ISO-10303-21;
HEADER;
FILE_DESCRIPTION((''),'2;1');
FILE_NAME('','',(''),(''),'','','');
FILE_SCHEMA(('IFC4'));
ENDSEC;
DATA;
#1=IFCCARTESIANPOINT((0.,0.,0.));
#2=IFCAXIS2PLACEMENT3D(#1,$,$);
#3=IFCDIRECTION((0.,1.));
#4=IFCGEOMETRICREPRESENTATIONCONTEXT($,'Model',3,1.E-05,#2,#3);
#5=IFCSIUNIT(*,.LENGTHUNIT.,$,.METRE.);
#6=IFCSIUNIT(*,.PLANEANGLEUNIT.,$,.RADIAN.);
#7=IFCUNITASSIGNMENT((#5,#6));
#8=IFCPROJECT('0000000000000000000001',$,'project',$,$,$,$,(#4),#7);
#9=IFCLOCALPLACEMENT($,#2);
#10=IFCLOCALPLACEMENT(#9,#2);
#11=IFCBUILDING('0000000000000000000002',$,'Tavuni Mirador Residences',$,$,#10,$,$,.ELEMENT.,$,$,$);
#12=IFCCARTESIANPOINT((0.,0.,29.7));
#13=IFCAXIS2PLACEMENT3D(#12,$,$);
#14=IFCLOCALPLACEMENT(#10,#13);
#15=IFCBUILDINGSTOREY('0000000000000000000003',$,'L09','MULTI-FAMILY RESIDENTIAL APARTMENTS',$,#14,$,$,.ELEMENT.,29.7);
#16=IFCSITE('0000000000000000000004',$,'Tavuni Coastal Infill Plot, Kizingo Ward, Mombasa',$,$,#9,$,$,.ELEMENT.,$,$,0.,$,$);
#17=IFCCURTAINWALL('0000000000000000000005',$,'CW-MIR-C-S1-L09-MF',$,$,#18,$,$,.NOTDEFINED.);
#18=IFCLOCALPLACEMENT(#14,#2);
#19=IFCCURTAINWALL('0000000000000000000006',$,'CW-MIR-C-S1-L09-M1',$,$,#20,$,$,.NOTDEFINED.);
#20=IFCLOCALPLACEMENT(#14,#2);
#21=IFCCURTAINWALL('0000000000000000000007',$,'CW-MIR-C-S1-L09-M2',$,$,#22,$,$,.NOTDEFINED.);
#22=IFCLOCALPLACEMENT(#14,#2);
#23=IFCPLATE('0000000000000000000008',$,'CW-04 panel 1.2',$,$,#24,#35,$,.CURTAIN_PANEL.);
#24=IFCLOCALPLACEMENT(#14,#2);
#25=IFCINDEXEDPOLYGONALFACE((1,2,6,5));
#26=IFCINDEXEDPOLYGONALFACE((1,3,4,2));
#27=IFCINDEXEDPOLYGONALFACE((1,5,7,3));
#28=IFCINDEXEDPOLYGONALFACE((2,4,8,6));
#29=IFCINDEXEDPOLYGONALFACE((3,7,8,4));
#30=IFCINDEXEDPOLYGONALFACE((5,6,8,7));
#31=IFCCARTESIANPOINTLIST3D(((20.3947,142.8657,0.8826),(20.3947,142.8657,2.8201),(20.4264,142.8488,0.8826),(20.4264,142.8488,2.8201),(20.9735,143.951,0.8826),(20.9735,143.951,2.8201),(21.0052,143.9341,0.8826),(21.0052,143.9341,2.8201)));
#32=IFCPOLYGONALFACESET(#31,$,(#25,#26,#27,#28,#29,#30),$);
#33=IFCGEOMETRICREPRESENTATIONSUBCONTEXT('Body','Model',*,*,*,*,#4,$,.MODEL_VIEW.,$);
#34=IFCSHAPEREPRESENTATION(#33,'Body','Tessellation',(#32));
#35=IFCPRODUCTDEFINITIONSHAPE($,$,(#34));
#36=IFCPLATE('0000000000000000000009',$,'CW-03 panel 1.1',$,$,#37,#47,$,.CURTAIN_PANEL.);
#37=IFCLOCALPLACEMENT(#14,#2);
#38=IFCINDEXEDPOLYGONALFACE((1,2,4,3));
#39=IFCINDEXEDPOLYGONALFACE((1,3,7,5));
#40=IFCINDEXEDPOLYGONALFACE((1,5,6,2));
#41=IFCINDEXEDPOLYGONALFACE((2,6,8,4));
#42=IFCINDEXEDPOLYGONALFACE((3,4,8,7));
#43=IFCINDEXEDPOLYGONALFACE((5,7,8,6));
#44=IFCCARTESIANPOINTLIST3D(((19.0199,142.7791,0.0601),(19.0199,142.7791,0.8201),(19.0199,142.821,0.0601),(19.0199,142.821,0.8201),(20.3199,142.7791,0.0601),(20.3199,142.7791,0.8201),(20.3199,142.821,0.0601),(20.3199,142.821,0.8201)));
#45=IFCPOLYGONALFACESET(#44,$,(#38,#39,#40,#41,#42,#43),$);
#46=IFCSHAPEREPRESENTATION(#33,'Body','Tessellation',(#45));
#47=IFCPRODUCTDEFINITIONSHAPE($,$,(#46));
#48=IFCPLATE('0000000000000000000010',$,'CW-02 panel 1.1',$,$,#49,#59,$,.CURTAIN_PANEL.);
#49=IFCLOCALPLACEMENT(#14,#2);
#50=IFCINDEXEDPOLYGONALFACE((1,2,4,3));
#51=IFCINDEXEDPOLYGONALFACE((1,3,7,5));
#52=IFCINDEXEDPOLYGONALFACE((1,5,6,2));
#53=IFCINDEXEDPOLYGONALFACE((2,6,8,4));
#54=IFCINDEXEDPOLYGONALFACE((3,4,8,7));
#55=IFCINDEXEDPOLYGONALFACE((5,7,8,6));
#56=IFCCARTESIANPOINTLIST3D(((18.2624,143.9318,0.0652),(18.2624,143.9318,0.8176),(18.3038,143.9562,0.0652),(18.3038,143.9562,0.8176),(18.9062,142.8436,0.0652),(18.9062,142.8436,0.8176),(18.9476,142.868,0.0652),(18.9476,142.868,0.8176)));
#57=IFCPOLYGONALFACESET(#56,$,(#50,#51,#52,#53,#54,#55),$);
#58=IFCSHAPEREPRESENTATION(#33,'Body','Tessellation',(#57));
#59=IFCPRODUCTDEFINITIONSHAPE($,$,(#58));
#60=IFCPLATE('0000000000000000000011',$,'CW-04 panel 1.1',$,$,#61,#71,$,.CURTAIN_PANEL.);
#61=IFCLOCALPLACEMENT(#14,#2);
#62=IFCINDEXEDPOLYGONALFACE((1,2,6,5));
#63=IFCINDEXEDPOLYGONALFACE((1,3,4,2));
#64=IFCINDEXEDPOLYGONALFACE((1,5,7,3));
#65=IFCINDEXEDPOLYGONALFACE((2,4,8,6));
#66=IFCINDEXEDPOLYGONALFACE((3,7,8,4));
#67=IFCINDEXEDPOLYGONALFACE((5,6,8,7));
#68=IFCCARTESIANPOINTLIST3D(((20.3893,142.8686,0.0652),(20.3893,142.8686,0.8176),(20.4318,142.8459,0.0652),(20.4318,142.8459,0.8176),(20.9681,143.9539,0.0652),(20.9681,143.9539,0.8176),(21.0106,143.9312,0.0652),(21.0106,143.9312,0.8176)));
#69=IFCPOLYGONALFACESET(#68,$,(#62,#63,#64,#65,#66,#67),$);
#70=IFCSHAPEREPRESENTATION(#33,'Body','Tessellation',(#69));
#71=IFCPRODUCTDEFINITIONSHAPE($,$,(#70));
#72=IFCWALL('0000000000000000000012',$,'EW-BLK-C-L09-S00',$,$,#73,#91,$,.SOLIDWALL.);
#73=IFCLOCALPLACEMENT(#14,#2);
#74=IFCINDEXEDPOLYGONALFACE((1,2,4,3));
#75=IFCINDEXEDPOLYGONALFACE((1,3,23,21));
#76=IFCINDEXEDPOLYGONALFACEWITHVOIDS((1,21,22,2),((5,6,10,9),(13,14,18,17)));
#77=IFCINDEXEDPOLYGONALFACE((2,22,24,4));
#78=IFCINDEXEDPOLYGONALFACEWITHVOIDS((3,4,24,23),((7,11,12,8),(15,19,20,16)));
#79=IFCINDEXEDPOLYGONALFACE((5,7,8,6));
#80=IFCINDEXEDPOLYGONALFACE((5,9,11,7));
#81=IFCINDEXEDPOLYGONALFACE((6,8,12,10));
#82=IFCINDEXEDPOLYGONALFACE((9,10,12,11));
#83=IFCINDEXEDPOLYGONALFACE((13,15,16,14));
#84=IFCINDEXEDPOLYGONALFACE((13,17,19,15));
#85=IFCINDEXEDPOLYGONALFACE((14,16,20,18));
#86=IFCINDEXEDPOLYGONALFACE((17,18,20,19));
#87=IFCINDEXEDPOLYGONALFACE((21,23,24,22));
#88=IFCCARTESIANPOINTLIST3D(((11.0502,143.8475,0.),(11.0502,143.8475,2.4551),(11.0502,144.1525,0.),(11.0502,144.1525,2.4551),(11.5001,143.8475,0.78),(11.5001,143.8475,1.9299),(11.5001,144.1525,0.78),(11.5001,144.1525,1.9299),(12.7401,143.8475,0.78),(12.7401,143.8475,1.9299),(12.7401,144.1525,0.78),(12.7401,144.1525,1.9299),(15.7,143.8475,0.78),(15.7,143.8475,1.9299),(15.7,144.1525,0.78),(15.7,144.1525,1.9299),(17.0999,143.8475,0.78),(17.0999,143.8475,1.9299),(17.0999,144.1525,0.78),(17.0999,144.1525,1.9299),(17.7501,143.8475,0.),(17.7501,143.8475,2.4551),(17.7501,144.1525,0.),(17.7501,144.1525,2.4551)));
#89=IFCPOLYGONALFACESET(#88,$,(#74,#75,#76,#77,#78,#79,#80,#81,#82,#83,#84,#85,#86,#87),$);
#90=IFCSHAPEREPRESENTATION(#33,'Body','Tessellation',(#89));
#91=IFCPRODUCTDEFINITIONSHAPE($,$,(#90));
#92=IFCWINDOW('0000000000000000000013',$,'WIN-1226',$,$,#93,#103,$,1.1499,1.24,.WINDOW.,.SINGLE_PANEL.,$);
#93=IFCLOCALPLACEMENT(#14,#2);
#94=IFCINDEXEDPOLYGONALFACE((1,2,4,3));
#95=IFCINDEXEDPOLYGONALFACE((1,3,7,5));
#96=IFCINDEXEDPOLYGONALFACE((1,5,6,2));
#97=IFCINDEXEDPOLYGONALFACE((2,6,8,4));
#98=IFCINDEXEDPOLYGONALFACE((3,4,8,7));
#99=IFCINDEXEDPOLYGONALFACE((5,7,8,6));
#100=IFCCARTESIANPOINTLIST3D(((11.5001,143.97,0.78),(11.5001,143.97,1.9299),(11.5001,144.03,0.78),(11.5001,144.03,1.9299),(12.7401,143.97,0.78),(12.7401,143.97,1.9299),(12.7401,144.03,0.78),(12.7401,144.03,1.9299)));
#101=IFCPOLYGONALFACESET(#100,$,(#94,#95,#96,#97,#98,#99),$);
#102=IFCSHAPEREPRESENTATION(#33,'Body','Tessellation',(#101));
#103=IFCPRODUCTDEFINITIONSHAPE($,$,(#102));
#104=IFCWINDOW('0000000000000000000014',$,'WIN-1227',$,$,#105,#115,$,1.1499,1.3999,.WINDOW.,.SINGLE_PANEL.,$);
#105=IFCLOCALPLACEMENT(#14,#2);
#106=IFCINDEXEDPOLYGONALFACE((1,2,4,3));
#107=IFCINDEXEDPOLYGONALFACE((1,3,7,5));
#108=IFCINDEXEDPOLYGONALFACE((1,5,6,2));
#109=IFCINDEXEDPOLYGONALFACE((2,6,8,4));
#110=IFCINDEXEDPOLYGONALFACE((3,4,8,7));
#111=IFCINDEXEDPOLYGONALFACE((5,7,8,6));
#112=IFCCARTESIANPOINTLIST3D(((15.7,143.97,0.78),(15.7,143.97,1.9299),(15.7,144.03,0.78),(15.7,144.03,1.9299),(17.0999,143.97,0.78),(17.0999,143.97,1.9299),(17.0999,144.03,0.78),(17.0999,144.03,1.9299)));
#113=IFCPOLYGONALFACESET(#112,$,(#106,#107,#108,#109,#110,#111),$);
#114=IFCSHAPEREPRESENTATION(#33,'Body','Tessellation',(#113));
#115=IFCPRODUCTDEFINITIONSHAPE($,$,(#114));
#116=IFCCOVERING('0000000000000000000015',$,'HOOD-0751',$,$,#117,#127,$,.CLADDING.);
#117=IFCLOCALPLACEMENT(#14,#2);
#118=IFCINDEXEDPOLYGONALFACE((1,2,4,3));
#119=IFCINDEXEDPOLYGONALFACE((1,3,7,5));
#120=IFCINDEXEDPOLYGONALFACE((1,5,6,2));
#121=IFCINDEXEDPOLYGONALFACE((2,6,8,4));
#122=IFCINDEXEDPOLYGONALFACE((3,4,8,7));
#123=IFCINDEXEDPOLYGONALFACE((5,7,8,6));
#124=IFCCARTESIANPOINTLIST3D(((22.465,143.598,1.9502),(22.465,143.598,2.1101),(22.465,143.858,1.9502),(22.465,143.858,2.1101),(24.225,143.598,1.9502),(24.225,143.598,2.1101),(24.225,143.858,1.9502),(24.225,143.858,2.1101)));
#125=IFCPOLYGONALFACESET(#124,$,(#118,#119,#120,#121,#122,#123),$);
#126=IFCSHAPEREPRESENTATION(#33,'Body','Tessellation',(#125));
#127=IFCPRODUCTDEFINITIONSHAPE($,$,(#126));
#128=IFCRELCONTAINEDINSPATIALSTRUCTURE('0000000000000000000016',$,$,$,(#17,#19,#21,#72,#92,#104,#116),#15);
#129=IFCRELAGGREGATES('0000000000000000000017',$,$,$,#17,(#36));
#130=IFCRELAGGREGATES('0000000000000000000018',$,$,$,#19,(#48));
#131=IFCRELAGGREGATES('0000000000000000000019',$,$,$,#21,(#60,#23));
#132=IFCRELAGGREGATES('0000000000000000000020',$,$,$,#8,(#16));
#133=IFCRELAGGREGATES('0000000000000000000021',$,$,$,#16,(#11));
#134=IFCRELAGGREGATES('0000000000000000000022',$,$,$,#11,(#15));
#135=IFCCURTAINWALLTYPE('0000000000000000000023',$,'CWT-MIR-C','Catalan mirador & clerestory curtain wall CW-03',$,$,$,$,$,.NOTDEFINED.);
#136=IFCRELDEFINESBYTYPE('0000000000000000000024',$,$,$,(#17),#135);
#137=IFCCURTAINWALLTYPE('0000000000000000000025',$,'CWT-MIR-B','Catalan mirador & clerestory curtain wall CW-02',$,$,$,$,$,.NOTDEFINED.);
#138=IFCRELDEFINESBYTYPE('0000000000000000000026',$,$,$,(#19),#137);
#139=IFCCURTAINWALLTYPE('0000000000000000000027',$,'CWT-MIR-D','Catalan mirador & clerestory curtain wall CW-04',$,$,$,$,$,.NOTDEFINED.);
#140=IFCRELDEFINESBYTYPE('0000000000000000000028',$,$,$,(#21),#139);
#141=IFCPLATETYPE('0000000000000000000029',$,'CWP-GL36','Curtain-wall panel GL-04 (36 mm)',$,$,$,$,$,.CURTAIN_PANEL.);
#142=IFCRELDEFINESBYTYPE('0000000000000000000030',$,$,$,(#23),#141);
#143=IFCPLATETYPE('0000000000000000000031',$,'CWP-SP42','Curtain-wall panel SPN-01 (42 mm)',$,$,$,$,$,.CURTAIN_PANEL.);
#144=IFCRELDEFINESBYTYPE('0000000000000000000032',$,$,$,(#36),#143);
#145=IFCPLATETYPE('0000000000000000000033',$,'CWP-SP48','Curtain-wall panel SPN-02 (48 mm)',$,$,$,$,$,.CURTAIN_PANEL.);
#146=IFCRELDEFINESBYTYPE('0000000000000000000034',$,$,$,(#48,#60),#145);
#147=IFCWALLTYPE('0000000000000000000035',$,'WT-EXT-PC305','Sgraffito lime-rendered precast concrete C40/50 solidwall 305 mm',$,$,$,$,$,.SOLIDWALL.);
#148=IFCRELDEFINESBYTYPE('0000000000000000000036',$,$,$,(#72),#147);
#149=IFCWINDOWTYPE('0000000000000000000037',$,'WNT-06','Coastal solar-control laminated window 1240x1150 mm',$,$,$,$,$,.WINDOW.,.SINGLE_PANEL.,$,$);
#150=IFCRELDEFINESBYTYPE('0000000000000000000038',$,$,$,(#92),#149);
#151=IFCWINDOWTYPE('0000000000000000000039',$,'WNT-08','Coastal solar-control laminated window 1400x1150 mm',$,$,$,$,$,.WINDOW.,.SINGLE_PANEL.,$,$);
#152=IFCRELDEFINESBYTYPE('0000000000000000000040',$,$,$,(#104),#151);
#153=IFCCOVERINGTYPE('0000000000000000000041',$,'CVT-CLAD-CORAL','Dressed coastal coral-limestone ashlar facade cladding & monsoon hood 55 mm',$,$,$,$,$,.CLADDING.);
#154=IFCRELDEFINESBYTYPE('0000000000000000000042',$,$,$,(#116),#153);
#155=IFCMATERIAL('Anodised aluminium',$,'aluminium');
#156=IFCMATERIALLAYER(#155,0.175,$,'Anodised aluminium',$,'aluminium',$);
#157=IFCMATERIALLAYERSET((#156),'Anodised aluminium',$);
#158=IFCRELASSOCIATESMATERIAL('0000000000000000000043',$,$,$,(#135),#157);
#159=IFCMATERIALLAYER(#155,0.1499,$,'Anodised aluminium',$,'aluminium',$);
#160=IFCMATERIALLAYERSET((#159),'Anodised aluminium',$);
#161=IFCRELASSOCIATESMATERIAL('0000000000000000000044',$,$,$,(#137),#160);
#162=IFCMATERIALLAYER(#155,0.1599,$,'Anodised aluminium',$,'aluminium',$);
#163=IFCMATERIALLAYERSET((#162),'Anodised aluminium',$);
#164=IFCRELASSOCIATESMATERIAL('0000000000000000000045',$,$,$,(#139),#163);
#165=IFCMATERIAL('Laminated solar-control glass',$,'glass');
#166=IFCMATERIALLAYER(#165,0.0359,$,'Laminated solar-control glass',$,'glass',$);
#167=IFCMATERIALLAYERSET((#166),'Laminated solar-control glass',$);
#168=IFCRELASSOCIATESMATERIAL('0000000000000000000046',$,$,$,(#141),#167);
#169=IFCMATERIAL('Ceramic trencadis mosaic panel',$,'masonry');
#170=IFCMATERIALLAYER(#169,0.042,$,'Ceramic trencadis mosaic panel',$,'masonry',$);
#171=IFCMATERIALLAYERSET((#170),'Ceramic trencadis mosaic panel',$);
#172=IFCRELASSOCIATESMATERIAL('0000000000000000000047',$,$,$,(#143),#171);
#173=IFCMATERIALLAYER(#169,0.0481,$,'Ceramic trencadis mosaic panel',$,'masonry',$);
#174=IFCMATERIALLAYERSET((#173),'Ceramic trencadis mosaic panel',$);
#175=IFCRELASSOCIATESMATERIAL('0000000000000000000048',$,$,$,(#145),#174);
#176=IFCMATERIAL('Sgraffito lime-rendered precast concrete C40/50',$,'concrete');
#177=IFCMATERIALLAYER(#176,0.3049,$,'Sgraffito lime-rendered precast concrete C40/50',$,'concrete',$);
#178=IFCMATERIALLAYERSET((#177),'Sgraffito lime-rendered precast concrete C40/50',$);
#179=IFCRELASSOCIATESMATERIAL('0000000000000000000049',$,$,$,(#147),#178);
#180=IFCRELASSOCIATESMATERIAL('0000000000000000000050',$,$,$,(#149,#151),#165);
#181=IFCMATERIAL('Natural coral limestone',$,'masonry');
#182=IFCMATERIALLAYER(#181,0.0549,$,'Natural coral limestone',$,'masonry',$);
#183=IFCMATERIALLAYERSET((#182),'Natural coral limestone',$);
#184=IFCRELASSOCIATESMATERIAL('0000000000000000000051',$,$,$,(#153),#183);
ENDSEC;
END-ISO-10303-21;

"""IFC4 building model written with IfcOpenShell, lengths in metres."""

from ifc_helpers import new_model, si_unit, direction, frame, frame_2d, origin, origin_2d, place, context, subcontext, project, spatial, rectangle, extrude, material, layer, layer_set, type_object, element, fill, aggregate, save


model = new_model("IFC4")

# Units and contexts
model_context = context("Model", 3, precision=1e-05, world=origin(), true_north=direction((0.0, 1.0)))
body_context = subcontext(model_context, "Body", "Model", "MODEL_VIEW")
ifc_project = project(units=[si_unit("LENGTHUNIT", "METRE"), si_unit("PLANEANGLEUNIT", "RADIAN")], contexts=[model_context])

# Site, building, storey
site_placement = place(None, origin())
site = spatial("IfcSite", under=ifc_project, at=site_placement, Name="Tavuni Coastal Infill Plot, Kizingo Ward, Mombasa", CompositionType="ELEMENT", RefElevation=0.0)
building_placement = place(site_placement, origin())
building = spatial("IfcBuilding", under=site, at=building_placement, Name="Tavuni Mirador Residences", CompositionType="ELEMENT")
storey_placement = place(building_placement, frame((0.0, 0.0, 29.7)))
storey = spatial("IfcBuildingStorey", under=building, at=storey_placement, Name="L09", Description="MULTI-FAMILY RESIDENTIAL APARTMENTS", CompositionType="ELEMENT", Elevation=29.7)

# Curtain walls
ifc_material_1 = material(Name="Anodised aluminium", Category="aluminium")
ifc_layer_1 = layer(ifc_material_1, 0.175, Name="Anodised aluminium", Category="aluminium")
ifc_layer_set_1 = layer_set([ifc_layer_1], Name="Anodised aluminium")
curtain_wall_type_1 = type_object("IfcCurtainWallType", Name="CWT-MIR-C", Description="Catalan mirador & clerestory curtain wall CW-03", PredefinedType="NOTDEFINED", material=ifc_layer_set_1)
curtain_wall_1_placement = place(storey_placement, origin())
curtain_wall_1 = element("IfcCurtainWall", 1, at=curtain_wall_1_placement, inside=storey, type_object=curtain_wall_type_1, Name="CW-MIR-C-S1-L09-MF", PredefinedType="NOTDEFINED")
ifc_layer_2 = layer(ifc_material_1, 0.1499, Name="Anodised aluminium", Category="aluminium")
ifc_layer_set_2 = layer_set([ifc_layer_2], Name="Anodised aluminium")
curtain_wall_type_2 = type_object("IfcCurtainWallType", Name="CWT-MIR-B", Description="Catalan mirador & clerestory curtain wall CW-02", PredefinedType="NOTDEFINED", material=ifc_layer_set_2)
curtain_wall_2_placement = place(storey_placement, origin())
curtain_wall_2 = element("IfcCurtainWall", 2, at=curtain_wall_2_placement, inside=storey, type_object=curtain_wall_type_2, Name="CW-MIR-C-S1-L09-M1", PredefinedType="NOTDEFINED")
ifc_layer_3 = layer(ifc_material_1, 0.1599, Name="Anodised aluminium", Category="aluminium")
ifc_layer_set_3 = layer_set([ifc_layer_3], Name="Anodised aluminium")
curtain_wall_type_3 = type_object("IfcCurtainWallType", Name="CWT-MIR-D", Description="Catalan mirador & clerestory curtain wall CW-04", PredefinedType="NOTDEFINED", material=ifc_layer_set_3)
curtain_wall_3_placement = place(storey_placement, origin())
curtain_wall_3 = element("IfcCurtainWall", 3, at=curtain_wall_3_placement, inside=storey, type_object=curtain_wall_type_3, Name="CW-MIR-C-S1-L09-M2", PredefinedType="NOTDEFINED")

# Plates
ifc_material_2 = material(Name="Laminated solar-control glass", Category="glass")
ifc_layer_4 = layer(ifc_material_2, 0.0359, Name="Laminated solar-control glass", Category="glass")
ifc_layer_set_4 = layer_set([ifc_layer_4], Name="Laminated solar-control glass")
plate_type_1 = type_object("IfcPlateType", Name="CWP-GL36", Description="Curtain-wall panel GL-04 (36 mm)", PredefinedType="CURTAIN_PANEL", material=ifc_layer_set_4)
plate_1_placement = place(storey_placement, frame((20.7, 143.3999, 0.8826), z_axis=(0.0, 0.0, 1.0), x_axis=(0.470588, 0.882353, 0.0)))
plate_1 = element("IfcPlate", 4, at=plate_1_placement, type_object=plate_type_1, Name="CW-04 panel 1.2", PredefinedType="CURTAIN_PANEL", context=body_context, shape_type="SweptSolid", body=[
    extrude(rectangle(XDim=1.23, YDim=0.0359, at=origin_2d()), origin(), (0.0, 0.0, 1.0), 1.9375),
])
ifc_material_3 = material(Name="Ceramic trencadis mosaic panel", Category="masonry")
ifc_layer_5 = layer(ifc_material_3, 0.042, Name="Ceramic trencadis mosaic panel", Category="masonry")
ifc_layer_set_5 = layer_set([ifc_layer_5], Name="Ceramic trencadis mosaic panel")
plate_type_2 = type_object("IfcPlateType", Name="CWP-SP42", Description="Curtain-wall panel SPN-01 (42 mm)", PredefinedType="CURTAIN_PANEL", material=ifc_layer_set_5)
plate_2_placement = place(storey_placement, frame((19.6699, 142.8, 0.0601), z_axis=(0.0, 0.0, 1.0), x_axis=(1.0, 0.0, 0.0)))
plate_2 = element("IfcPlate", 5, at=plate_2_placement, type_object=plate_type_2, Name="CW-03 panel 1.1", PredefinedType="CURTAIN_PANEL", context=body_context, shape_type="SweptSolid", body=[
    extrude(rectangle(XDim=1.3, YDim=0.042, at=origin_2d()), origin(), (0.0, 0.0, 1.0), 0.76),
])
aggregate(curtain_wall_1, [plate_2])
ifc_layer_6 = layer(ifc_material_3, 0.0481, Name="Ceramic trencadis mosaic panel", Category="masonry")
ifc_layer_set_6 = layer_set([ifc_layer_6], Name="Ceramic trencadis mosaic panel")
plate_type_3 = type_object("IfcPlateType", Name="CWP-SP48", Description="Curtain-wall panel SPN-02 (48 mm)", PredefinedType="CURTAIN_PANEL", material=ifc_layer_set_6)
plate_3_placement = place(storey_placement, frame((18.605, 143.3999, 0.0652), z_axis=(0.0, 0.0, 1.0), x_axis=(0.509212, -0.860641, 0.0)))
plate_3 = element("IfcPlate", 6, at=plate_3_placement, type_object=plate_type_3, Name="CW-02 panel 1.1", PredefinedType="CURTAIN_PANEL", context=body_context, shape_type="SweptSolid", body=[
    extrude(rectangle(XDim=1.2644, YDim=0.0481, at=origin_2d()), origin(), (0.0, 0.0, 1.0), 0.7524),
])
aggregate(curtain_wall_2, [plate_3])
plate_4_placement = place(storey_placement, frame((20.7, 143.3999, 0.0652), z_axis=(0.0, 0.0, 1.0), x_axis=(0.470588, 0.882353, 0.0)))
plate_4 = element("IfcPlate", 7, at=plate_4_placement, type_object=plate_type_3, Name="CW-04 panel 1.1", PredefinedType="CURTAIN_PANEL", context=body_context, shape_type="SweptSolid", body=[
    extrude(rectangle(XDim=1.23, YDim=0.0481, at=origin_2d()), origin(), (0.0, 0.0, 1.0), 0.7524),
])
aggregate(curtain_wall_3, [plate_4, plate_1])

# Wall, openings, windows
ifc_material_4 = material(Name="Sgraffito lime-rendered precast concrete C40/50", Category="concrete")
ifc_layer_7 = layer(ifc_material_4, 0.3049, Name="Sgraffito lime-rendered precast concrete C40/50", Category="concrete")
ifc_layer_set_7 = layer_set([ifc_layer_7], Name="Sgraffito lime-rendered precast concrete C40/50")
wall_type = type_object("IfcWallType", Name="WT-EXT-PC305", Description="Sgraffito lime-rendered precast concrete C40/50 solidwall 305 mm", PredefinedType="SOLIDWALL", material=ifc_layer_set_7)
wall_placement = place(storey_placement, frame((11.05, 144.0, 0.0), z_axis=(0.0, 0.0, 1.0), x_axis=(1.0, 0.0, 0.0)))
wall = element("IfcWall", 8, at=wall_placement, inside=storey, type_object=wall_type, Name="EW-BLK-C-L09-S00", PredefinedType="SOLIDWALL", context=body_context, shape_type="SweptSolid", body=[
    extrude(rectangle(XDim=6.7, YDim=0.3049, at=frame_2d((3.3501, 0.0))), origin(), (0.0, 0.0, 1.0), 2.4551),
])
opening_1_placement = place(wall_placement, frame((0.45, 0.0, 0.78)))
opening_1 = element("IfcOpeningElement", 9, at=opening_1_placement, cuts=wall, PredefinedType="OPENING", context=body_context, shape_type="SweptSolid", body=[
    extrude(rectangle(XDim=1.24, YDim=1.1499, at=frame_2d((0.6201, 0.575))), frame((0.0, 0.1626, 0.0), z_axis=(0.0, -1.0, 0.0), x_axis=(1.0, 0.0, 0.0)), (0.0, 0.0, 1.0), 0.325),
])
opening_2_placement = place(wall_placement, frame((4.6499, 0.0, 0.78)))
opening_2 = element("IfcOpeningElement", 10, at=opening_2_placement, cuts=wall, PredefinedType="OPENING", context=body_context, shape_type="SweptSolid", body=[
    extrude(rectangle(XDim=1.3999, YDim=1.1499, at=frame_2d((0.7, 0.575))), frame((0.0, 0.1626, 0.0), z_axis=(0.0, -1.0, 0.0), x_axis=(1.0, 0.0, 0.0)), (0.0, 0.0, 1.0), 0.325),
])
window_type_1 = type_object("IfcWindowType", Name="WNT-06", Description="Coastal solar-control laminated window 1240x1150 mm", PartitioningType="SINGLE_PANEL", PredefinedType="WINDOW", material=ifc_material_2)
window_1_placement = place(opening_1_placement, origin())
window_1 = element("IfcWindow", 11, at=window_1_placement, inside=storey, type_object=window_type_1, Name="WIN-1226", OverallHeight=1.1499, OverallWidth=1.24, PartitioningType="SINGLE_PANEL", PredefinedType="WINDOW", context=body_context, shape_type="SweptSolid", body=[
    extrude(rectangle(XDim=1.24, YDim=1.1499, at=frame_2d((0.6201, 0.575))), frame((0.0, 0.03, 0.0), z_axis=(0.0, -1.0, 0.0), x_axis=(1.0, 0.0, 0.0)), (0.0, 0.0, 1.0), 0.0601),
])
fill(opening_1, window_1)
window_type_2 = type_object("IfcWindowType", Name="WNT-08", Description="Coastal solar-control laminated window 1400x1150 mm", PartitioningType="SINGLE_PANEL", PredefinedType="WINDOW", material=ifc_material_2)
window_2_placement = place(opening_2_placement, origin())
window_2 = element("IfcWindow", 12, at=window_2_placement, inside=storey, type_object=window_type_2, Name="WIN-1227", OverallHeight=1.1499, OverallWidth=1.3999, PartitioningType="SINGLE_PANEL", PredefinedType="WINDOW", context=body_context, shape_type="SweptSolid", body=[
    extrude(rectangle(XDim=1.3999, YDim=1.1499, at=frame_2d((0.7, 0.575))), frame((0.0, 0.03, 0.0), z_axis=(0.0, -1.0, 0.0), x_axis=(1.0, 0.0, 0.0)), (0.0, 0.0, 1.0), 0.0601),
])
fill(opening_2, window_2)

# Covering
ifc_material_5 = material(Name="Natural coral limestone", Category="masonry")
ifc_layer_8 = layer(ifc_material_5, 0.0549, Name="Natural coral limestone", Category="masonry")
ifc_layer_set_8 = layer_set([ifc_layer_8], Name="Natural coral limestone")
covering_type = type_object("IfcCoveringType", Name="CVT-CLAD-CORAL", Description="Dressed coastal coral-limestone ashlar facade cladding & monsoon hood 55 mm", PredefinedType="CLADDING", material=ifc_layer_set_8)
covering_placement = place(storey_placement, frame((23.345, 143.728, 1.9502), z_axis=(0.0, 0.0, 1.0), x_axis=(1.0, 0.0, 0.0)))
element("IfcCovering", 13, at=covering_placement, inside=storey, type_object=covering_type, Name="HOOD-0751", PredefinedType="CLADDING", context=body_context, shape_type="SweptSolid", body=[
    extrude(rectangle(XDim=1.76, YDim=0.26, at=origin_2d()), origin(), (0.0, 0.0, 1.0), 0.1599),
])

save(model, "model.ifc")
